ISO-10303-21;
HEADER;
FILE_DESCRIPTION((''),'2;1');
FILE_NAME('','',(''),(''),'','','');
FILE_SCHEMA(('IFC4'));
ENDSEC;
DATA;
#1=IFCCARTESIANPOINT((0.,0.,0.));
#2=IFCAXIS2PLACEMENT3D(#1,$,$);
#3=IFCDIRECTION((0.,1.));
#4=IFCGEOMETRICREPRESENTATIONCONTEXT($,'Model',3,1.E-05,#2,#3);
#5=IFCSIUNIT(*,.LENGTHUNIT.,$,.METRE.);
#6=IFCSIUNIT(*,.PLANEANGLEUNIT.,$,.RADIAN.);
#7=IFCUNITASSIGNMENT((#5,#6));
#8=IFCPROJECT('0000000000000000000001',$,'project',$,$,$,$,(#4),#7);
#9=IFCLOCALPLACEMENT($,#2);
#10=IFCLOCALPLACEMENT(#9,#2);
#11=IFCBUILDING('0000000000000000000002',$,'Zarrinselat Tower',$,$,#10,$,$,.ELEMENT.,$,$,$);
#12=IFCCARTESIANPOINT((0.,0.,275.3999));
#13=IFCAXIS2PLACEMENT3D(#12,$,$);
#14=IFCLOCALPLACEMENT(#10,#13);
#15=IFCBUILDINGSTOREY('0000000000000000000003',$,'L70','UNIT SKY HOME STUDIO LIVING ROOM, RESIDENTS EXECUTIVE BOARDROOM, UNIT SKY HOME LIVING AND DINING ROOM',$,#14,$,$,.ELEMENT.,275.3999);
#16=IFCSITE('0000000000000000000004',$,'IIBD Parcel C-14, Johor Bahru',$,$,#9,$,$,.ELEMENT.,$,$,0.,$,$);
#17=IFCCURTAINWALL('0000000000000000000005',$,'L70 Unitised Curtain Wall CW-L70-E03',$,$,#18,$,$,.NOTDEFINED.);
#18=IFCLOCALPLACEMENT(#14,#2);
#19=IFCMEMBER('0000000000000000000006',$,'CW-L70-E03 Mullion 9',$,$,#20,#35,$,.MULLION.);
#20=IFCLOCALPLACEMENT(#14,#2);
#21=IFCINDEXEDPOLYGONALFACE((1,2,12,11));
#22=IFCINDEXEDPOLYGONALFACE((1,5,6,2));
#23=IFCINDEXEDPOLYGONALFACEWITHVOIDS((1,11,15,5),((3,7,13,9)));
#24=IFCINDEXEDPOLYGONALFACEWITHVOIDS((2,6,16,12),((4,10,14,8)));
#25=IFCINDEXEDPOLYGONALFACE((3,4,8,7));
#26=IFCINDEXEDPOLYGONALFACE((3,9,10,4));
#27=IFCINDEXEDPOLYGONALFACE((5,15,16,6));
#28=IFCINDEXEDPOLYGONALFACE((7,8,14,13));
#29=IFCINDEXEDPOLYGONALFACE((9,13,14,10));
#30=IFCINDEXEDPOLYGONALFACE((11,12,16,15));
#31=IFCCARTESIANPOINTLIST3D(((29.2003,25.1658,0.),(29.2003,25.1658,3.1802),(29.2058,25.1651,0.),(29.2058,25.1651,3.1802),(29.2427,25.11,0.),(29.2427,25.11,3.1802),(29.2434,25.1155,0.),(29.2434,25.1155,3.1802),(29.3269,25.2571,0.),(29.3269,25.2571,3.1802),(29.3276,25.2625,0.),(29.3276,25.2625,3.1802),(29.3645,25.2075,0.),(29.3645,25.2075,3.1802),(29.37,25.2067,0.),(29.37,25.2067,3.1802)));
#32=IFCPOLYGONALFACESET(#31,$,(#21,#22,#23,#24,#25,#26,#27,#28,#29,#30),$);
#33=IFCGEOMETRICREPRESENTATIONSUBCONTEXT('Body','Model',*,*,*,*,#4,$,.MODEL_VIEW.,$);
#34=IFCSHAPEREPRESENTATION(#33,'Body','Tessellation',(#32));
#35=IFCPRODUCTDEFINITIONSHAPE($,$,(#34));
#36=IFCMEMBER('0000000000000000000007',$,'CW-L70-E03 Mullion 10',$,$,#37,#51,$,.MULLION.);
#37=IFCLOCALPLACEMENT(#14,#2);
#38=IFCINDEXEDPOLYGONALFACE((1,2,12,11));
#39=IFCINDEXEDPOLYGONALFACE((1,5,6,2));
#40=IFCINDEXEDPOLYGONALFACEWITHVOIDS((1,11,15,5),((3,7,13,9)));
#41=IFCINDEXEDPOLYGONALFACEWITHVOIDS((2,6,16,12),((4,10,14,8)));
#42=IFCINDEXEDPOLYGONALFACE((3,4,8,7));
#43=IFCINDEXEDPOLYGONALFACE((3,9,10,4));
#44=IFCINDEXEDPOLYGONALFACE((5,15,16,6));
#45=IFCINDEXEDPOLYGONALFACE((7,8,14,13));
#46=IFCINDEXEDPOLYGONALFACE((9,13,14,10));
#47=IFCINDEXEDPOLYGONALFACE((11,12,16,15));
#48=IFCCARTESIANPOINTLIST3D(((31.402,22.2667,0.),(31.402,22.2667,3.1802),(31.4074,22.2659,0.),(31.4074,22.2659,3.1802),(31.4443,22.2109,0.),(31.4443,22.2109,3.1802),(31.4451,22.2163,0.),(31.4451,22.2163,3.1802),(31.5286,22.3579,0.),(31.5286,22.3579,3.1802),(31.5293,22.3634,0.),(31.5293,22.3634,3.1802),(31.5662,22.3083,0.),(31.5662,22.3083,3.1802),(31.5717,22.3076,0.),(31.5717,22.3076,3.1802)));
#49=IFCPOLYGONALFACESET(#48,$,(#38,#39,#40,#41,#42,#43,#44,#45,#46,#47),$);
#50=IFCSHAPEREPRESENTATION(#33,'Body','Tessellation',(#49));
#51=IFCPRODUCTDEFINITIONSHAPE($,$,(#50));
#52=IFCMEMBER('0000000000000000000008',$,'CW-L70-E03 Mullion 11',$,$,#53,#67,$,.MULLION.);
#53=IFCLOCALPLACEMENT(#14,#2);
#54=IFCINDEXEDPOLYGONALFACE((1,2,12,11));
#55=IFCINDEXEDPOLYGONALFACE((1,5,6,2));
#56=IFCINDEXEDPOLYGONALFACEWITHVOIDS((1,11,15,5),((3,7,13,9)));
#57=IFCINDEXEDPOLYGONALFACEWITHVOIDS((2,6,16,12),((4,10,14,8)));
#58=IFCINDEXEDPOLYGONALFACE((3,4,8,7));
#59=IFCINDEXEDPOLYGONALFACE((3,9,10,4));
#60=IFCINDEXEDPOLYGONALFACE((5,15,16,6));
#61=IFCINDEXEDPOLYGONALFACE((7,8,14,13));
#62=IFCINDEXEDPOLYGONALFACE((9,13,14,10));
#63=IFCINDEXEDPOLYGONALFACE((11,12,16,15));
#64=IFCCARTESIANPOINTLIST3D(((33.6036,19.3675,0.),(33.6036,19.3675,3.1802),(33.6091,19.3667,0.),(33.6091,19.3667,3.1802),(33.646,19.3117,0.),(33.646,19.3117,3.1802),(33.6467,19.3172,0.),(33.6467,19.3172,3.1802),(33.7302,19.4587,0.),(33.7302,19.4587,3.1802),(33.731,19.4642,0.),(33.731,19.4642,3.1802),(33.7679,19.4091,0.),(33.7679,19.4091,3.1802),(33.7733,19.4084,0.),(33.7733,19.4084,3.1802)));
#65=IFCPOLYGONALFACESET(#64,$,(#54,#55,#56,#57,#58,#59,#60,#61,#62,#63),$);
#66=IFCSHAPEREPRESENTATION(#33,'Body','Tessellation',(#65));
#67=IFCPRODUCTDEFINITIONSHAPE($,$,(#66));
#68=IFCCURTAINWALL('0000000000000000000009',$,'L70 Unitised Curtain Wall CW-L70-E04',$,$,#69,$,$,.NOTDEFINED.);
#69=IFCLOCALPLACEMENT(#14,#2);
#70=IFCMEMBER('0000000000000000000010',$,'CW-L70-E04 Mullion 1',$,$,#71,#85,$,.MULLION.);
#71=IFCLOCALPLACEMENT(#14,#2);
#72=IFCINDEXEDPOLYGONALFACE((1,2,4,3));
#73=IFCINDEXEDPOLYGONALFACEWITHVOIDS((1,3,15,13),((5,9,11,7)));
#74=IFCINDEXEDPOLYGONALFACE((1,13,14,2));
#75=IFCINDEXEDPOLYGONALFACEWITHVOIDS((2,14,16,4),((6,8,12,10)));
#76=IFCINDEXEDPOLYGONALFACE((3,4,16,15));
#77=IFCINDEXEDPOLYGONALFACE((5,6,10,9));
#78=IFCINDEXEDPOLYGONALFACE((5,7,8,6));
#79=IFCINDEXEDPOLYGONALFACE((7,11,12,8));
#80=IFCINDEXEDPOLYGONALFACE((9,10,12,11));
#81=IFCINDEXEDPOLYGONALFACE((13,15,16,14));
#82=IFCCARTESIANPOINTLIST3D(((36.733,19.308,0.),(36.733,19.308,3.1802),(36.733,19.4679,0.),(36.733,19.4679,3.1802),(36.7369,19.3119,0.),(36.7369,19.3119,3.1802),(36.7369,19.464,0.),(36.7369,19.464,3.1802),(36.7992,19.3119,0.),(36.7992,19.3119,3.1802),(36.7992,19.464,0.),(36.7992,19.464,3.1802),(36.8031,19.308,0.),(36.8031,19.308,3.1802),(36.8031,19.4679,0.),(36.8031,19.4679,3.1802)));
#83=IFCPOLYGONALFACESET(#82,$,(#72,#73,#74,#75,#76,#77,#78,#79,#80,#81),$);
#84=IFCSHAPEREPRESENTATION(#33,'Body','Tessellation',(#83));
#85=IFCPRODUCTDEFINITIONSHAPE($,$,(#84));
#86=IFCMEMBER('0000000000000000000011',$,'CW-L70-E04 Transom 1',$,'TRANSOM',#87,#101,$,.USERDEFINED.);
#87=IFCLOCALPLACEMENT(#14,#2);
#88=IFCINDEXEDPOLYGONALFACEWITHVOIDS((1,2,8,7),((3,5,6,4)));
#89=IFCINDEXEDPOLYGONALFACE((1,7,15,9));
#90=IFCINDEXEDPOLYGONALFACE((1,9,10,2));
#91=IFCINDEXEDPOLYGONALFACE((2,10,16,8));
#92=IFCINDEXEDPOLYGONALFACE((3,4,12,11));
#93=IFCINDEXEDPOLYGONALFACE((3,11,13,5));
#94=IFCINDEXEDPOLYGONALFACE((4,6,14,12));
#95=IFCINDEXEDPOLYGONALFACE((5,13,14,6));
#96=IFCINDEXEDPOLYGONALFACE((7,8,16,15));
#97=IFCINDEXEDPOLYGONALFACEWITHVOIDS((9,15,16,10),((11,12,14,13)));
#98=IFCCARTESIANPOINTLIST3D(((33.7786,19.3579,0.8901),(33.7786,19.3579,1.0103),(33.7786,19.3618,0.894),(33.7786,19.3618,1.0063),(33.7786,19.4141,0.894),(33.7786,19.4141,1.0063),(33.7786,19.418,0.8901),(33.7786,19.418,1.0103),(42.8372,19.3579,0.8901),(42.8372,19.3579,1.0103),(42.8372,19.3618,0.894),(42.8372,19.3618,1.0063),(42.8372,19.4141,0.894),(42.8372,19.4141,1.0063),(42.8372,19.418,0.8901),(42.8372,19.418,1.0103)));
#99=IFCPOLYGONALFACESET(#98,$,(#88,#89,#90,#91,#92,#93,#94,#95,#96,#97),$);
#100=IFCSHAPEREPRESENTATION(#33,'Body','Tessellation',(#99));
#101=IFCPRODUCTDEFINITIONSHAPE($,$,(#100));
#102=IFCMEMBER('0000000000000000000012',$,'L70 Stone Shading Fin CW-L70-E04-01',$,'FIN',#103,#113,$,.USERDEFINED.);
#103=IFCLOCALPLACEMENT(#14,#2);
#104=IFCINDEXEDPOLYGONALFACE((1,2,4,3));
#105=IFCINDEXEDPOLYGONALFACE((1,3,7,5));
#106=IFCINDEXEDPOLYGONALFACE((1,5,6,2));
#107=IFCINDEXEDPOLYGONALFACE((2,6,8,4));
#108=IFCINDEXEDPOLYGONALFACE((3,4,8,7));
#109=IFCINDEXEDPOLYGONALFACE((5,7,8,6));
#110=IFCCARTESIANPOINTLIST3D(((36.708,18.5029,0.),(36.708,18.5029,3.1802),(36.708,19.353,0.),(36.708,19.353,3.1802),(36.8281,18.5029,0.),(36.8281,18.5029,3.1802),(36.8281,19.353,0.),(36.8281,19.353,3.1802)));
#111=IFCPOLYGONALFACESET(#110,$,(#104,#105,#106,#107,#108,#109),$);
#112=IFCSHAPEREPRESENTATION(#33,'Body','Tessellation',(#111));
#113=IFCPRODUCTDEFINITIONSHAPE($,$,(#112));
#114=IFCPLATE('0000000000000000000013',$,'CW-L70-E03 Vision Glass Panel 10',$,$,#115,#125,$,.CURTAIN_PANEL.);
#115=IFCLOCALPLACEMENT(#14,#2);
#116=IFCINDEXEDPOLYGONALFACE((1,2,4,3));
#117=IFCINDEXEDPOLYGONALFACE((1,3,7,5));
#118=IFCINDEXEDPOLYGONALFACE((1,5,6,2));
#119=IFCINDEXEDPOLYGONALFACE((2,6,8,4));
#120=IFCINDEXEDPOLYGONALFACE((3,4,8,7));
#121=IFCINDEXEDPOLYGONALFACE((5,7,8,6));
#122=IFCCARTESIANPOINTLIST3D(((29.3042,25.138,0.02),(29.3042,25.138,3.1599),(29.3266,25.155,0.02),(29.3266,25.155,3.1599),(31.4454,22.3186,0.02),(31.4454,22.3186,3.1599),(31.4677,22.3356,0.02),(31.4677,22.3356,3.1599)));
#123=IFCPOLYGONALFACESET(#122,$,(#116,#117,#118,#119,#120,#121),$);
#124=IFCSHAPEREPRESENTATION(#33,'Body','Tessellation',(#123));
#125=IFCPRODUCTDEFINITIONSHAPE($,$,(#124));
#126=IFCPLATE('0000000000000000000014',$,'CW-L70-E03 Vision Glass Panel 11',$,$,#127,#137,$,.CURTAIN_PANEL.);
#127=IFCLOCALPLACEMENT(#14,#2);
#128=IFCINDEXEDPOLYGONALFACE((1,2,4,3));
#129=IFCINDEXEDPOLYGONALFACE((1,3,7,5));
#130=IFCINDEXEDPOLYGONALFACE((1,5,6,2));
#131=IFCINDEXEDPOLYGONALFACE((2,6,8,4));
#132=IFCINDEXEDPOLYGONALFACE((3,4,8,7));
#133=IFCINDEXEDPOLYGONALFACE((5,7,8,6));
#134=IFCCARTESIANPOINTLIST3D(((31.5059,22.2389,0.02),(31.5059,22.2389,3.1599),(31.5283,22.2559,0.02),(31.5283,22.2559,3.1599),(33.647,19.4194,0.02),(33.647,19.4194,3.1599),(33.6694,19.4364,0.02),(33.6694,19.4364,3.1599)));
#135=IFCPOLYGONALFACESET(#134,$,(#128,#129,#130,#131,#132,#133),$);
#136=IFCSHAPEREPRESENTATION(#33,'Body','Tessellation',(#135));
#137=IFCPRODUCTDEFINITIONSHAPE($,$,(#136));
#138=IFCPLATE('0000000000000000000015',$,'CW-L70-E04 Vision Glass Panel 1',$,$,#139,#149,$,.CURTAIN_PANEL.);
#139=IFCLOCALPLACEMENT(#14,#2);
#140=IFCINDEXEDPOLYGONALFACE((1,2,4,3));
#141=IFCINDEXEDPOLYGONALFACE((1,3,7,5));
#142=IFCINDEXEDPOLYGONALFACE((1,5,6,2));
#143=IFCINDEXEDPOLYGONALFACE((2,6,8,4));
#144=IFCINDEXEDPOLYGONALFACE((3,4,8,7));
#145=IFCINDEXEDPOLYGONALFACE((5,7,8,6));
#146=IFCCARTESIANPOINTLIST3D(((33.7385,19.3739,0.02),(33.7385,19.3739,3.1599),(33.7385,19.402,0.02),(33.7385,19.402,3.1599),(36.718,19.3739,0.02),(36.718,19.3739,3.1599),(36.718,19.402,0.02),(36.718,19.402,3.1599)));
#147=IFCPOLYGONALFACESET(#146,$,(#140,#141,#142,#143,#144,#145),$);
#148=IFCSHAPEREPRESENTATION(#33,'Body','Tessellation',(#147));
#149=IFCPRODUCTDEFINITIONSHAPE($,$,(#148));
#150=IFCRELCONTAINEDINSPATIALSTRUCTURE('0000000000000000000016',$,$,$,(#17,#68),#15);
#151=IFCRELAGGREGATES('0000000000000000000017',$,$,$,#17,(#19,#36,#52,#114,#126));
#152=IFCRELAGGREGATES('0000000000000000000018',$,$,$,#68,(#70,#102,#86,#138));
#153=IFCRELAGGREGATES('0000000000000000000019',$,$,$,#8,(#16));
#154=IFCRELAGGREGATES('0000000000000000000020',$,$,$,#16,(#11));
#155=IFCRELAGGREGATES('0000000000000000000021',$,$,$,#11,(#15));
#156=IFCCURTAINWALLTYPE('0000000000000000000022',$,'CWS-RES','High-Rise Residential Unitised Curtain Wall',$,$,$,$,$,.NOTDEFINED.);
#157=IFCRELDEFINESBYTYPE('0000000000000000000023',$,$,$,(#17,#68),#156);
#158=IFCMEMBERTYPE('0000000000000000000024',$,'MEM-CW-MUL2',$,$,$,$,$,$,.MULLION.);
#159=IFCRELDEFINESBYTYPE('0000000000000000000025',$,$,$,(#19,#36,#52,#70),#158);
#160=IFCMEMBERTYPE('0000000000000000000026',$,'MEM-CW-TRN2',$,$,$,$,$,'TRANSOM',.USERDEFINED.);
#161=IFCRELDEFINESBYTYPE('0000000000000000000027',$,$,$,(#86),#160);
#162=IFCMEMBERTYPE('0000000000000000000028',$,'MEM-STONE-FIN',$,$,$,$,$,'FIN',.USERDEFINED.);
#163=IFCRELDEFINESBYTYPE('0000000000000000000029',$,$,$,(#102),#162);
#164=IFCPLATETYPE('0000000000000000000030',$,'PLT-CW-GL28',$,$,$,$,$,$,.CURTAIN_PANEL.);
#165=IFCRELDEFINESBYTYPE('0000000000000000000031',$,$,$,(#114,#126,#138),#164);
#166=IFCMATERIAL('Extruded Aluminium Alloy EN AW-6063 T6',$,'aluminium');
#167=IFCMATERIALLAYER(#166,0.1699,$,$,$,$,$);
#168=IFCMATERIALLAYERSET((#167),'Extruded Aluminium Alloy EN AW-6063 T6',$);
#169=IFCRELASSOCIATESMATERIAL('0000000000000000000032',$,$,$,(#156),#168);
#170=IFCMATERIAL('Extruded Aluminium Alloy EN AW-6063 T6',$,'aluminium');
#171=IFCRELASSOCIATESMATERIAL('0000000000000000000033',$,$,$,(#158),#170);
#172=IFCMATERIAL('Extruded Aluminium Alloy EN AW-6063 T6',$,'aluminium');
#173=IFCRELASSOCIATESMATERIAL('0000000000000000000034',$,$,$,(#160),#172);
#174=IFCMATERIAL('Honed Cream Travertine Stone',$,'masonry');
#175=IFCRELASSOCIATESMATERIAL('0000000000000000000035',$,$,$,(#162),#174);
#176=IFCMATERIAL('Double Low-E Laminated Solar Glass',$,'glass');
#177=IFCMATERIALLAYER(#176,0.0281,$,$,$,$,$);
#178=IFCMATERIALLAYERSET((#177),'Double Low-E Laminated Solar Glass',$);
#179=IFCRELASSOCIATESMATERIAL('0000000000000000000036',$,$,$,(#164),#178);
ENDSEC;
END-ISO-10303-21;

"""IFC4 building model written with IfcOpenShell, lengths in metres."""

from ifc_helpers import new_model, si_unit, direction, frame, origin, origin_2d, place, context, subcontext, project, spatial, rectangle, hollow_rectangle, extrude, material, layer, layer_set, material_profile, profile_set, type_object, element, aggregate, save


model = new_model("IFC4")

# Units and contexts
model_context = context("Model", 3, precision=1e-05, world=origin(), true_north=direction((0.0, 1.0)))
body_context = subcontext(model_context, "Body", "Model", "MODEL_VIEW")
ifc_project = project(units=[si_unit("LENGTHUNIT", "METRE"), si_unit("PLANEANGLEUNIT", "RADIAN")], contexts=[model_context])

# Site, building, storey
site_placement = place(None, origin())
site = spatial("IfcSite", under=ifc_project, at=site_placement, Name="IIBD Parcel C-14, Johor Bahru", CompositionType="ELEMENT", RefElevation=0.0)
building_placement = place(site_placement, origin())
building = spatial("IfcBuilding", under=site, at=building_placement, Name="Zarrinselat Tower", CompositionType="ELEMENT")
storey_placement = place(building_placement, frame((0.0, 0.0, 275.3999)))
storey = spatial("IfcBuildingStorey", under=building, at=storey_placement, Name="L70", Description="UNIT SKY HOME STUDIO LIVING ROOM, RESIDENTS EXECUTIVE BOARDROOM, UNIT SKY HOME LIVING AND DINING ROOM", CompositionType="ELEMENT", Elevation=275.3999)

# Curtain walls, members
ifc_material_1 = material(Name="Extruded Aluminium Alloy EN AW-6063 T6", Category="aluminium")
ifc_layer_1 = layer(ifc_material_1, 0.1699)
ifc_layer_set_1 = layer_set([ifc_layer_1], Name="Extruded Aluminium Alloy EN AW-6063 T6")
curtain_wall_type = type_object("IfcCurtainWallType", Name="CWS-RES", Description="High-Rise Residential Unitised Curtain Wall", PredefinedType="NOTDEFINED", material=ifc_layer_set_1)
curtain_wall_1_placement = place(storey_placement, origin())
curtain_wall_1 = element("IfcCurtainWall", 1, at=curtain_wall_1_placement, inside=storey, type_object=curtain_wall_type, Name="L70 Unitised Curtain Wall CW-L70-E03", PredefinedType="NOTDEFINED")
ifc_material_2 = material(Name="Extruded Aluminium Alloy EN AW-6063 T6", Category="aluminium")
ifc_material_profile_1 = material_profile(ifc_material_2, hollow_rectangle(XDim=0.0701, YDim=0.1599, WallThickness=0.0039, at=origin_2d()), Name="RHS 160x70x4")
ifc_profile_set_1 = profile_set([ifc_material_profile_1], Name="Extruded Aluminium Alloy EN AW-6063 T6")
member_type_1 = type_object("IfcMemberType", Name="MEM-CW-MUL2", PredefinedType="MULLION", material=ifc_profile_set_1)
member_1_placement = place(storey_placement, frame((29.2852, 25.1863, 0.0), z_axis=(0.0, 0.0, 1.0), x_axis=(0.604788, -0.796387, 0.0)))
member_1 = element("IfcMember", 2, at=member_1_placement, type_object=member_type_1, Name="CW-L70-E03 Mullion 9", PredefinedType="MULLION", context=body_context, shape_type="SweptSolid", body=[
    extrude(hollow_rectangle(XDim=0.0701, YDim=0.1599, WallThickness=0.0039, at=origin_2d()), origin(), (0.0, 0.0, 1.0), 3.1802),
])
member_2_placement = place(storey_placement, frame((31.4868, 22.2871, 0.0), z_axis=(0.0, 0.0, 1.0), x_axis=(0.604788, -0.796387, 0.0)))
member_2 = element("IfcMember", 3, at=member_2_placement, type_object=member_type_1, Name="CW-L70-E03 Mullion 10", PredefinedType="MULLION", context=body_context, shape_type="SweptSolid", body=[
    extrude(hollow_rectangle(XDim=0.0701, YDim=0.1599, WallThickness=0.0039, at=origin_2d()), origin(), (0.0, 0.0, 1.0), 3.1802),
])
member_3_placement = place(storey_placement, frame((33.6885, 19.3879, 0.0), z_axis=(0.0, 0.0, 1.0), x_axis=(0.604788, -0.796387, 0.0)))
member_3 = element("IfcMember", 4, at=member_3_placement, type_object=member_type_1, Name="CW-L70-E03 Mullion 11", PredefinedType="MULLION", context=body_context, shape_type="SweptSolid", body=[
    extrude(hollow_rectangle(XDim=0.0701, YDim=0.1599, WallThickness=0.0039, at=origin_2d()), origin(), (0.0, 0.0, 1.0), 3.1802),
])
curtain_wall_2_placement = place(storey_placement, origin())
curtain_wall_2 = element("IfcCurtainWall", 5, at=curtain_wall_2_placement, inside=storey, type_object=curtain_wall_type, Name="L70 Unitised Curtain Wall CW-L70-E04", PredefinedType="NOTDEFINED")
member_4_placement = place(storey_placement, frame((36.7681, 19.3879, 0.0), z_axis=(0.0, 0.0, 1.0), x_axis=(1.0, 0.0, 0.0)))
member_4 = element("IfcMember", 6, at=member_4_placement, type_object=member_type_1, Name="CW-L70-E04 Mullion 1", PredefinedType="MULLION", context=body_context, shape_type="SweptSolid", body=[
    extrude(hollow_rectangle(XDim=0.0701, YDim=0.1599, WallThickness=0.0039, at=origin_2d()), origin(), (0.0, 0.0, 1.0), 3.1802),
])
ifc_material_3 = material(Name="Extruded Aluminium Alloy EN AW-6063 T6", Category="aluminium")
ifc_material_profile_2 = material_profile(ifc_material_3, hollow_rectangle(XDim=0.0601, YDim=0.1201, WallThickness=0.0039, at=origin_2d()), Name="RHS 120x60x4")
ifc_profile_set_2 = profile_set([ifc_material_profile_2], Name="Extruded Aluminium Alloy EN AW-6063 T6")
member_type_2 = type_object("IfcMemberType", Name="MEM-CW-TRN2", ElementType="TRANSOM", PredefinedType="USERDEFINED", material=ifc_profile_set_2)
member_5_placement = place(storey_placement, frame((33.7786, 19.3879, 0.9502), z_axis=(1.0, 0.0, 0.0), x_axis=(0.0, 1.0, 0.0)))
member_5 = element("IfcMember", 7, at=member_5_placement, type_object=member_type_2, Name="CW-L70-E04 Transom 1", ObjectType="TRANSOM", PredefinedType="USERDEFINED", context=body_context, shape_type="SweptSolid", body=[
    extrude(hollow_rectangle(XDim=0.0601, YDim=0.1201, WallThickness=0.0039, at=origin_2d()), origin(), (0.0, 0.0, 1.0), 9.0586),
])
ifc_material_4 = material(Name="Honed Cream Travertine Stone", Category="masonry")
ifc_material_profile_3 = material_profile(ifc_material_4, rectangle(XDim=0.1201, YDim=0.8501, at=origin_2d()), Name="FIN 850x120")
ifc_profile_set_3 = profile_set([ifc_material_profile_3], Name="Honed Cream Travertine Stone")
member_type_3 = type_object("IfcMemberType", Name="MEM-STONE-FIN", ElementType="FIN", PredefinedType="USERDEFINED", material=ifc_profile_set_3)
member_6_placement = place(storey_placement, frame((36.7681, 18.928, 0.0), z_axis=(0.0, 0.0, 1.0), x_axis=(-1.0, 0.0, 0.0)))
member_6 = element("IfcMember", 8, at=member_6_placement, type_object=member_type_3, Name="L70 Stone Shading Fin CW-L70-E04-01", ObjectType="FIN", PredefinedType="USERDEFINED", context=body_context, shape_type="SweptSolid", body=[
    extrude(rectangle(XDim=0.1201, YDim=0.8501, at=origin_2d()), origin(), (0.0, 0.0, 1.0), 3.1802),
])

# Plates
ifc_material_5 = material(Name="Double Low-E Laminated Solar Glass", Category="glass")
ifc_layer_2 = layer(ifc_material_5, 0.0281)
ifc_layer_set_2 = layer_set([ifc_layer_2], Name="Double Low-E Laminated Solar Glass")
plate_type = type_object("IfcPlateType", Name="PLT-CW-GL28", PredefinedType="CURTAIN_PANEL", material=ifc_layer_set_2)
plate_1_placement = place(storey_placement, frame((30.386, 23.7368, 0.02), z_axis=(0.0, 0.0, 1.0), x_axis=(0.604788, -0.796387, 0.0)))
plate_1 = element("IfcPlate", 9, at=plate_1_placement, type_object=plate_type, Name="CW-L70-E03 Vision Glass Panel 10", PredefinedType="CURTAIN_PANEL", context=body_context, shape_type="SweptSolid", body=[
    extrude(rectangle(XDim=3.5403, YDim=0.0281, at=origin_2d()), origin(), (0.0, 0.0, 1.0), 3.1399),
])
plate_2_placement = place(storey_placement, frame((32.5876, 20.8376, 0.02), z_axis=(0.0, 0.0, 1.0), x_axis=(0.604788, -0.796387, 0.0)))
plate_2 = element("IfcPlate", 10, at=plate_2_placement, type_object=plate_type, Name="CW-L70-E03 Vision Glass Panel 11", PredefinedType="CURTAIN_PANEL", context=body_context, shape_type="SweptSolid", body=[
    extrude(rectangle(XDim=3.5403, YDim=0.0281, at=origin_2d()), origin(), (0.0, 0.0, 1.0), 3.1399),
])
aggregate(curtain_wall_1, [member_1, member_2, member_3, plate_1, plate_2])
plate_3_placement = place(storey_placement, frame((35.2283, 19.3879, 0.02), z_axis=(0.0, 0.0, 1.0), x_axis=(1.0, 0.0, 0.0)))
plate_3 = element("IfcPlate", 11, at=plate_3_placement, type_object=plate_type, Name="CW-L70-E04 Vision Glass Panel 1", PredefinedType="CURTAIN_PANEL", context=body_context, shape_type="SweptSolid", body=[
    extrude(rectangle(XDim=2.9795, YDim=0.0281, at=origin_2d()), origin(), (0.0, 0.0, 1.0), 3.1399),
])
aggregate(curtain_wall_2, [member_4, member_6, member_5, plate_3])

save(model, "model.ifc")
